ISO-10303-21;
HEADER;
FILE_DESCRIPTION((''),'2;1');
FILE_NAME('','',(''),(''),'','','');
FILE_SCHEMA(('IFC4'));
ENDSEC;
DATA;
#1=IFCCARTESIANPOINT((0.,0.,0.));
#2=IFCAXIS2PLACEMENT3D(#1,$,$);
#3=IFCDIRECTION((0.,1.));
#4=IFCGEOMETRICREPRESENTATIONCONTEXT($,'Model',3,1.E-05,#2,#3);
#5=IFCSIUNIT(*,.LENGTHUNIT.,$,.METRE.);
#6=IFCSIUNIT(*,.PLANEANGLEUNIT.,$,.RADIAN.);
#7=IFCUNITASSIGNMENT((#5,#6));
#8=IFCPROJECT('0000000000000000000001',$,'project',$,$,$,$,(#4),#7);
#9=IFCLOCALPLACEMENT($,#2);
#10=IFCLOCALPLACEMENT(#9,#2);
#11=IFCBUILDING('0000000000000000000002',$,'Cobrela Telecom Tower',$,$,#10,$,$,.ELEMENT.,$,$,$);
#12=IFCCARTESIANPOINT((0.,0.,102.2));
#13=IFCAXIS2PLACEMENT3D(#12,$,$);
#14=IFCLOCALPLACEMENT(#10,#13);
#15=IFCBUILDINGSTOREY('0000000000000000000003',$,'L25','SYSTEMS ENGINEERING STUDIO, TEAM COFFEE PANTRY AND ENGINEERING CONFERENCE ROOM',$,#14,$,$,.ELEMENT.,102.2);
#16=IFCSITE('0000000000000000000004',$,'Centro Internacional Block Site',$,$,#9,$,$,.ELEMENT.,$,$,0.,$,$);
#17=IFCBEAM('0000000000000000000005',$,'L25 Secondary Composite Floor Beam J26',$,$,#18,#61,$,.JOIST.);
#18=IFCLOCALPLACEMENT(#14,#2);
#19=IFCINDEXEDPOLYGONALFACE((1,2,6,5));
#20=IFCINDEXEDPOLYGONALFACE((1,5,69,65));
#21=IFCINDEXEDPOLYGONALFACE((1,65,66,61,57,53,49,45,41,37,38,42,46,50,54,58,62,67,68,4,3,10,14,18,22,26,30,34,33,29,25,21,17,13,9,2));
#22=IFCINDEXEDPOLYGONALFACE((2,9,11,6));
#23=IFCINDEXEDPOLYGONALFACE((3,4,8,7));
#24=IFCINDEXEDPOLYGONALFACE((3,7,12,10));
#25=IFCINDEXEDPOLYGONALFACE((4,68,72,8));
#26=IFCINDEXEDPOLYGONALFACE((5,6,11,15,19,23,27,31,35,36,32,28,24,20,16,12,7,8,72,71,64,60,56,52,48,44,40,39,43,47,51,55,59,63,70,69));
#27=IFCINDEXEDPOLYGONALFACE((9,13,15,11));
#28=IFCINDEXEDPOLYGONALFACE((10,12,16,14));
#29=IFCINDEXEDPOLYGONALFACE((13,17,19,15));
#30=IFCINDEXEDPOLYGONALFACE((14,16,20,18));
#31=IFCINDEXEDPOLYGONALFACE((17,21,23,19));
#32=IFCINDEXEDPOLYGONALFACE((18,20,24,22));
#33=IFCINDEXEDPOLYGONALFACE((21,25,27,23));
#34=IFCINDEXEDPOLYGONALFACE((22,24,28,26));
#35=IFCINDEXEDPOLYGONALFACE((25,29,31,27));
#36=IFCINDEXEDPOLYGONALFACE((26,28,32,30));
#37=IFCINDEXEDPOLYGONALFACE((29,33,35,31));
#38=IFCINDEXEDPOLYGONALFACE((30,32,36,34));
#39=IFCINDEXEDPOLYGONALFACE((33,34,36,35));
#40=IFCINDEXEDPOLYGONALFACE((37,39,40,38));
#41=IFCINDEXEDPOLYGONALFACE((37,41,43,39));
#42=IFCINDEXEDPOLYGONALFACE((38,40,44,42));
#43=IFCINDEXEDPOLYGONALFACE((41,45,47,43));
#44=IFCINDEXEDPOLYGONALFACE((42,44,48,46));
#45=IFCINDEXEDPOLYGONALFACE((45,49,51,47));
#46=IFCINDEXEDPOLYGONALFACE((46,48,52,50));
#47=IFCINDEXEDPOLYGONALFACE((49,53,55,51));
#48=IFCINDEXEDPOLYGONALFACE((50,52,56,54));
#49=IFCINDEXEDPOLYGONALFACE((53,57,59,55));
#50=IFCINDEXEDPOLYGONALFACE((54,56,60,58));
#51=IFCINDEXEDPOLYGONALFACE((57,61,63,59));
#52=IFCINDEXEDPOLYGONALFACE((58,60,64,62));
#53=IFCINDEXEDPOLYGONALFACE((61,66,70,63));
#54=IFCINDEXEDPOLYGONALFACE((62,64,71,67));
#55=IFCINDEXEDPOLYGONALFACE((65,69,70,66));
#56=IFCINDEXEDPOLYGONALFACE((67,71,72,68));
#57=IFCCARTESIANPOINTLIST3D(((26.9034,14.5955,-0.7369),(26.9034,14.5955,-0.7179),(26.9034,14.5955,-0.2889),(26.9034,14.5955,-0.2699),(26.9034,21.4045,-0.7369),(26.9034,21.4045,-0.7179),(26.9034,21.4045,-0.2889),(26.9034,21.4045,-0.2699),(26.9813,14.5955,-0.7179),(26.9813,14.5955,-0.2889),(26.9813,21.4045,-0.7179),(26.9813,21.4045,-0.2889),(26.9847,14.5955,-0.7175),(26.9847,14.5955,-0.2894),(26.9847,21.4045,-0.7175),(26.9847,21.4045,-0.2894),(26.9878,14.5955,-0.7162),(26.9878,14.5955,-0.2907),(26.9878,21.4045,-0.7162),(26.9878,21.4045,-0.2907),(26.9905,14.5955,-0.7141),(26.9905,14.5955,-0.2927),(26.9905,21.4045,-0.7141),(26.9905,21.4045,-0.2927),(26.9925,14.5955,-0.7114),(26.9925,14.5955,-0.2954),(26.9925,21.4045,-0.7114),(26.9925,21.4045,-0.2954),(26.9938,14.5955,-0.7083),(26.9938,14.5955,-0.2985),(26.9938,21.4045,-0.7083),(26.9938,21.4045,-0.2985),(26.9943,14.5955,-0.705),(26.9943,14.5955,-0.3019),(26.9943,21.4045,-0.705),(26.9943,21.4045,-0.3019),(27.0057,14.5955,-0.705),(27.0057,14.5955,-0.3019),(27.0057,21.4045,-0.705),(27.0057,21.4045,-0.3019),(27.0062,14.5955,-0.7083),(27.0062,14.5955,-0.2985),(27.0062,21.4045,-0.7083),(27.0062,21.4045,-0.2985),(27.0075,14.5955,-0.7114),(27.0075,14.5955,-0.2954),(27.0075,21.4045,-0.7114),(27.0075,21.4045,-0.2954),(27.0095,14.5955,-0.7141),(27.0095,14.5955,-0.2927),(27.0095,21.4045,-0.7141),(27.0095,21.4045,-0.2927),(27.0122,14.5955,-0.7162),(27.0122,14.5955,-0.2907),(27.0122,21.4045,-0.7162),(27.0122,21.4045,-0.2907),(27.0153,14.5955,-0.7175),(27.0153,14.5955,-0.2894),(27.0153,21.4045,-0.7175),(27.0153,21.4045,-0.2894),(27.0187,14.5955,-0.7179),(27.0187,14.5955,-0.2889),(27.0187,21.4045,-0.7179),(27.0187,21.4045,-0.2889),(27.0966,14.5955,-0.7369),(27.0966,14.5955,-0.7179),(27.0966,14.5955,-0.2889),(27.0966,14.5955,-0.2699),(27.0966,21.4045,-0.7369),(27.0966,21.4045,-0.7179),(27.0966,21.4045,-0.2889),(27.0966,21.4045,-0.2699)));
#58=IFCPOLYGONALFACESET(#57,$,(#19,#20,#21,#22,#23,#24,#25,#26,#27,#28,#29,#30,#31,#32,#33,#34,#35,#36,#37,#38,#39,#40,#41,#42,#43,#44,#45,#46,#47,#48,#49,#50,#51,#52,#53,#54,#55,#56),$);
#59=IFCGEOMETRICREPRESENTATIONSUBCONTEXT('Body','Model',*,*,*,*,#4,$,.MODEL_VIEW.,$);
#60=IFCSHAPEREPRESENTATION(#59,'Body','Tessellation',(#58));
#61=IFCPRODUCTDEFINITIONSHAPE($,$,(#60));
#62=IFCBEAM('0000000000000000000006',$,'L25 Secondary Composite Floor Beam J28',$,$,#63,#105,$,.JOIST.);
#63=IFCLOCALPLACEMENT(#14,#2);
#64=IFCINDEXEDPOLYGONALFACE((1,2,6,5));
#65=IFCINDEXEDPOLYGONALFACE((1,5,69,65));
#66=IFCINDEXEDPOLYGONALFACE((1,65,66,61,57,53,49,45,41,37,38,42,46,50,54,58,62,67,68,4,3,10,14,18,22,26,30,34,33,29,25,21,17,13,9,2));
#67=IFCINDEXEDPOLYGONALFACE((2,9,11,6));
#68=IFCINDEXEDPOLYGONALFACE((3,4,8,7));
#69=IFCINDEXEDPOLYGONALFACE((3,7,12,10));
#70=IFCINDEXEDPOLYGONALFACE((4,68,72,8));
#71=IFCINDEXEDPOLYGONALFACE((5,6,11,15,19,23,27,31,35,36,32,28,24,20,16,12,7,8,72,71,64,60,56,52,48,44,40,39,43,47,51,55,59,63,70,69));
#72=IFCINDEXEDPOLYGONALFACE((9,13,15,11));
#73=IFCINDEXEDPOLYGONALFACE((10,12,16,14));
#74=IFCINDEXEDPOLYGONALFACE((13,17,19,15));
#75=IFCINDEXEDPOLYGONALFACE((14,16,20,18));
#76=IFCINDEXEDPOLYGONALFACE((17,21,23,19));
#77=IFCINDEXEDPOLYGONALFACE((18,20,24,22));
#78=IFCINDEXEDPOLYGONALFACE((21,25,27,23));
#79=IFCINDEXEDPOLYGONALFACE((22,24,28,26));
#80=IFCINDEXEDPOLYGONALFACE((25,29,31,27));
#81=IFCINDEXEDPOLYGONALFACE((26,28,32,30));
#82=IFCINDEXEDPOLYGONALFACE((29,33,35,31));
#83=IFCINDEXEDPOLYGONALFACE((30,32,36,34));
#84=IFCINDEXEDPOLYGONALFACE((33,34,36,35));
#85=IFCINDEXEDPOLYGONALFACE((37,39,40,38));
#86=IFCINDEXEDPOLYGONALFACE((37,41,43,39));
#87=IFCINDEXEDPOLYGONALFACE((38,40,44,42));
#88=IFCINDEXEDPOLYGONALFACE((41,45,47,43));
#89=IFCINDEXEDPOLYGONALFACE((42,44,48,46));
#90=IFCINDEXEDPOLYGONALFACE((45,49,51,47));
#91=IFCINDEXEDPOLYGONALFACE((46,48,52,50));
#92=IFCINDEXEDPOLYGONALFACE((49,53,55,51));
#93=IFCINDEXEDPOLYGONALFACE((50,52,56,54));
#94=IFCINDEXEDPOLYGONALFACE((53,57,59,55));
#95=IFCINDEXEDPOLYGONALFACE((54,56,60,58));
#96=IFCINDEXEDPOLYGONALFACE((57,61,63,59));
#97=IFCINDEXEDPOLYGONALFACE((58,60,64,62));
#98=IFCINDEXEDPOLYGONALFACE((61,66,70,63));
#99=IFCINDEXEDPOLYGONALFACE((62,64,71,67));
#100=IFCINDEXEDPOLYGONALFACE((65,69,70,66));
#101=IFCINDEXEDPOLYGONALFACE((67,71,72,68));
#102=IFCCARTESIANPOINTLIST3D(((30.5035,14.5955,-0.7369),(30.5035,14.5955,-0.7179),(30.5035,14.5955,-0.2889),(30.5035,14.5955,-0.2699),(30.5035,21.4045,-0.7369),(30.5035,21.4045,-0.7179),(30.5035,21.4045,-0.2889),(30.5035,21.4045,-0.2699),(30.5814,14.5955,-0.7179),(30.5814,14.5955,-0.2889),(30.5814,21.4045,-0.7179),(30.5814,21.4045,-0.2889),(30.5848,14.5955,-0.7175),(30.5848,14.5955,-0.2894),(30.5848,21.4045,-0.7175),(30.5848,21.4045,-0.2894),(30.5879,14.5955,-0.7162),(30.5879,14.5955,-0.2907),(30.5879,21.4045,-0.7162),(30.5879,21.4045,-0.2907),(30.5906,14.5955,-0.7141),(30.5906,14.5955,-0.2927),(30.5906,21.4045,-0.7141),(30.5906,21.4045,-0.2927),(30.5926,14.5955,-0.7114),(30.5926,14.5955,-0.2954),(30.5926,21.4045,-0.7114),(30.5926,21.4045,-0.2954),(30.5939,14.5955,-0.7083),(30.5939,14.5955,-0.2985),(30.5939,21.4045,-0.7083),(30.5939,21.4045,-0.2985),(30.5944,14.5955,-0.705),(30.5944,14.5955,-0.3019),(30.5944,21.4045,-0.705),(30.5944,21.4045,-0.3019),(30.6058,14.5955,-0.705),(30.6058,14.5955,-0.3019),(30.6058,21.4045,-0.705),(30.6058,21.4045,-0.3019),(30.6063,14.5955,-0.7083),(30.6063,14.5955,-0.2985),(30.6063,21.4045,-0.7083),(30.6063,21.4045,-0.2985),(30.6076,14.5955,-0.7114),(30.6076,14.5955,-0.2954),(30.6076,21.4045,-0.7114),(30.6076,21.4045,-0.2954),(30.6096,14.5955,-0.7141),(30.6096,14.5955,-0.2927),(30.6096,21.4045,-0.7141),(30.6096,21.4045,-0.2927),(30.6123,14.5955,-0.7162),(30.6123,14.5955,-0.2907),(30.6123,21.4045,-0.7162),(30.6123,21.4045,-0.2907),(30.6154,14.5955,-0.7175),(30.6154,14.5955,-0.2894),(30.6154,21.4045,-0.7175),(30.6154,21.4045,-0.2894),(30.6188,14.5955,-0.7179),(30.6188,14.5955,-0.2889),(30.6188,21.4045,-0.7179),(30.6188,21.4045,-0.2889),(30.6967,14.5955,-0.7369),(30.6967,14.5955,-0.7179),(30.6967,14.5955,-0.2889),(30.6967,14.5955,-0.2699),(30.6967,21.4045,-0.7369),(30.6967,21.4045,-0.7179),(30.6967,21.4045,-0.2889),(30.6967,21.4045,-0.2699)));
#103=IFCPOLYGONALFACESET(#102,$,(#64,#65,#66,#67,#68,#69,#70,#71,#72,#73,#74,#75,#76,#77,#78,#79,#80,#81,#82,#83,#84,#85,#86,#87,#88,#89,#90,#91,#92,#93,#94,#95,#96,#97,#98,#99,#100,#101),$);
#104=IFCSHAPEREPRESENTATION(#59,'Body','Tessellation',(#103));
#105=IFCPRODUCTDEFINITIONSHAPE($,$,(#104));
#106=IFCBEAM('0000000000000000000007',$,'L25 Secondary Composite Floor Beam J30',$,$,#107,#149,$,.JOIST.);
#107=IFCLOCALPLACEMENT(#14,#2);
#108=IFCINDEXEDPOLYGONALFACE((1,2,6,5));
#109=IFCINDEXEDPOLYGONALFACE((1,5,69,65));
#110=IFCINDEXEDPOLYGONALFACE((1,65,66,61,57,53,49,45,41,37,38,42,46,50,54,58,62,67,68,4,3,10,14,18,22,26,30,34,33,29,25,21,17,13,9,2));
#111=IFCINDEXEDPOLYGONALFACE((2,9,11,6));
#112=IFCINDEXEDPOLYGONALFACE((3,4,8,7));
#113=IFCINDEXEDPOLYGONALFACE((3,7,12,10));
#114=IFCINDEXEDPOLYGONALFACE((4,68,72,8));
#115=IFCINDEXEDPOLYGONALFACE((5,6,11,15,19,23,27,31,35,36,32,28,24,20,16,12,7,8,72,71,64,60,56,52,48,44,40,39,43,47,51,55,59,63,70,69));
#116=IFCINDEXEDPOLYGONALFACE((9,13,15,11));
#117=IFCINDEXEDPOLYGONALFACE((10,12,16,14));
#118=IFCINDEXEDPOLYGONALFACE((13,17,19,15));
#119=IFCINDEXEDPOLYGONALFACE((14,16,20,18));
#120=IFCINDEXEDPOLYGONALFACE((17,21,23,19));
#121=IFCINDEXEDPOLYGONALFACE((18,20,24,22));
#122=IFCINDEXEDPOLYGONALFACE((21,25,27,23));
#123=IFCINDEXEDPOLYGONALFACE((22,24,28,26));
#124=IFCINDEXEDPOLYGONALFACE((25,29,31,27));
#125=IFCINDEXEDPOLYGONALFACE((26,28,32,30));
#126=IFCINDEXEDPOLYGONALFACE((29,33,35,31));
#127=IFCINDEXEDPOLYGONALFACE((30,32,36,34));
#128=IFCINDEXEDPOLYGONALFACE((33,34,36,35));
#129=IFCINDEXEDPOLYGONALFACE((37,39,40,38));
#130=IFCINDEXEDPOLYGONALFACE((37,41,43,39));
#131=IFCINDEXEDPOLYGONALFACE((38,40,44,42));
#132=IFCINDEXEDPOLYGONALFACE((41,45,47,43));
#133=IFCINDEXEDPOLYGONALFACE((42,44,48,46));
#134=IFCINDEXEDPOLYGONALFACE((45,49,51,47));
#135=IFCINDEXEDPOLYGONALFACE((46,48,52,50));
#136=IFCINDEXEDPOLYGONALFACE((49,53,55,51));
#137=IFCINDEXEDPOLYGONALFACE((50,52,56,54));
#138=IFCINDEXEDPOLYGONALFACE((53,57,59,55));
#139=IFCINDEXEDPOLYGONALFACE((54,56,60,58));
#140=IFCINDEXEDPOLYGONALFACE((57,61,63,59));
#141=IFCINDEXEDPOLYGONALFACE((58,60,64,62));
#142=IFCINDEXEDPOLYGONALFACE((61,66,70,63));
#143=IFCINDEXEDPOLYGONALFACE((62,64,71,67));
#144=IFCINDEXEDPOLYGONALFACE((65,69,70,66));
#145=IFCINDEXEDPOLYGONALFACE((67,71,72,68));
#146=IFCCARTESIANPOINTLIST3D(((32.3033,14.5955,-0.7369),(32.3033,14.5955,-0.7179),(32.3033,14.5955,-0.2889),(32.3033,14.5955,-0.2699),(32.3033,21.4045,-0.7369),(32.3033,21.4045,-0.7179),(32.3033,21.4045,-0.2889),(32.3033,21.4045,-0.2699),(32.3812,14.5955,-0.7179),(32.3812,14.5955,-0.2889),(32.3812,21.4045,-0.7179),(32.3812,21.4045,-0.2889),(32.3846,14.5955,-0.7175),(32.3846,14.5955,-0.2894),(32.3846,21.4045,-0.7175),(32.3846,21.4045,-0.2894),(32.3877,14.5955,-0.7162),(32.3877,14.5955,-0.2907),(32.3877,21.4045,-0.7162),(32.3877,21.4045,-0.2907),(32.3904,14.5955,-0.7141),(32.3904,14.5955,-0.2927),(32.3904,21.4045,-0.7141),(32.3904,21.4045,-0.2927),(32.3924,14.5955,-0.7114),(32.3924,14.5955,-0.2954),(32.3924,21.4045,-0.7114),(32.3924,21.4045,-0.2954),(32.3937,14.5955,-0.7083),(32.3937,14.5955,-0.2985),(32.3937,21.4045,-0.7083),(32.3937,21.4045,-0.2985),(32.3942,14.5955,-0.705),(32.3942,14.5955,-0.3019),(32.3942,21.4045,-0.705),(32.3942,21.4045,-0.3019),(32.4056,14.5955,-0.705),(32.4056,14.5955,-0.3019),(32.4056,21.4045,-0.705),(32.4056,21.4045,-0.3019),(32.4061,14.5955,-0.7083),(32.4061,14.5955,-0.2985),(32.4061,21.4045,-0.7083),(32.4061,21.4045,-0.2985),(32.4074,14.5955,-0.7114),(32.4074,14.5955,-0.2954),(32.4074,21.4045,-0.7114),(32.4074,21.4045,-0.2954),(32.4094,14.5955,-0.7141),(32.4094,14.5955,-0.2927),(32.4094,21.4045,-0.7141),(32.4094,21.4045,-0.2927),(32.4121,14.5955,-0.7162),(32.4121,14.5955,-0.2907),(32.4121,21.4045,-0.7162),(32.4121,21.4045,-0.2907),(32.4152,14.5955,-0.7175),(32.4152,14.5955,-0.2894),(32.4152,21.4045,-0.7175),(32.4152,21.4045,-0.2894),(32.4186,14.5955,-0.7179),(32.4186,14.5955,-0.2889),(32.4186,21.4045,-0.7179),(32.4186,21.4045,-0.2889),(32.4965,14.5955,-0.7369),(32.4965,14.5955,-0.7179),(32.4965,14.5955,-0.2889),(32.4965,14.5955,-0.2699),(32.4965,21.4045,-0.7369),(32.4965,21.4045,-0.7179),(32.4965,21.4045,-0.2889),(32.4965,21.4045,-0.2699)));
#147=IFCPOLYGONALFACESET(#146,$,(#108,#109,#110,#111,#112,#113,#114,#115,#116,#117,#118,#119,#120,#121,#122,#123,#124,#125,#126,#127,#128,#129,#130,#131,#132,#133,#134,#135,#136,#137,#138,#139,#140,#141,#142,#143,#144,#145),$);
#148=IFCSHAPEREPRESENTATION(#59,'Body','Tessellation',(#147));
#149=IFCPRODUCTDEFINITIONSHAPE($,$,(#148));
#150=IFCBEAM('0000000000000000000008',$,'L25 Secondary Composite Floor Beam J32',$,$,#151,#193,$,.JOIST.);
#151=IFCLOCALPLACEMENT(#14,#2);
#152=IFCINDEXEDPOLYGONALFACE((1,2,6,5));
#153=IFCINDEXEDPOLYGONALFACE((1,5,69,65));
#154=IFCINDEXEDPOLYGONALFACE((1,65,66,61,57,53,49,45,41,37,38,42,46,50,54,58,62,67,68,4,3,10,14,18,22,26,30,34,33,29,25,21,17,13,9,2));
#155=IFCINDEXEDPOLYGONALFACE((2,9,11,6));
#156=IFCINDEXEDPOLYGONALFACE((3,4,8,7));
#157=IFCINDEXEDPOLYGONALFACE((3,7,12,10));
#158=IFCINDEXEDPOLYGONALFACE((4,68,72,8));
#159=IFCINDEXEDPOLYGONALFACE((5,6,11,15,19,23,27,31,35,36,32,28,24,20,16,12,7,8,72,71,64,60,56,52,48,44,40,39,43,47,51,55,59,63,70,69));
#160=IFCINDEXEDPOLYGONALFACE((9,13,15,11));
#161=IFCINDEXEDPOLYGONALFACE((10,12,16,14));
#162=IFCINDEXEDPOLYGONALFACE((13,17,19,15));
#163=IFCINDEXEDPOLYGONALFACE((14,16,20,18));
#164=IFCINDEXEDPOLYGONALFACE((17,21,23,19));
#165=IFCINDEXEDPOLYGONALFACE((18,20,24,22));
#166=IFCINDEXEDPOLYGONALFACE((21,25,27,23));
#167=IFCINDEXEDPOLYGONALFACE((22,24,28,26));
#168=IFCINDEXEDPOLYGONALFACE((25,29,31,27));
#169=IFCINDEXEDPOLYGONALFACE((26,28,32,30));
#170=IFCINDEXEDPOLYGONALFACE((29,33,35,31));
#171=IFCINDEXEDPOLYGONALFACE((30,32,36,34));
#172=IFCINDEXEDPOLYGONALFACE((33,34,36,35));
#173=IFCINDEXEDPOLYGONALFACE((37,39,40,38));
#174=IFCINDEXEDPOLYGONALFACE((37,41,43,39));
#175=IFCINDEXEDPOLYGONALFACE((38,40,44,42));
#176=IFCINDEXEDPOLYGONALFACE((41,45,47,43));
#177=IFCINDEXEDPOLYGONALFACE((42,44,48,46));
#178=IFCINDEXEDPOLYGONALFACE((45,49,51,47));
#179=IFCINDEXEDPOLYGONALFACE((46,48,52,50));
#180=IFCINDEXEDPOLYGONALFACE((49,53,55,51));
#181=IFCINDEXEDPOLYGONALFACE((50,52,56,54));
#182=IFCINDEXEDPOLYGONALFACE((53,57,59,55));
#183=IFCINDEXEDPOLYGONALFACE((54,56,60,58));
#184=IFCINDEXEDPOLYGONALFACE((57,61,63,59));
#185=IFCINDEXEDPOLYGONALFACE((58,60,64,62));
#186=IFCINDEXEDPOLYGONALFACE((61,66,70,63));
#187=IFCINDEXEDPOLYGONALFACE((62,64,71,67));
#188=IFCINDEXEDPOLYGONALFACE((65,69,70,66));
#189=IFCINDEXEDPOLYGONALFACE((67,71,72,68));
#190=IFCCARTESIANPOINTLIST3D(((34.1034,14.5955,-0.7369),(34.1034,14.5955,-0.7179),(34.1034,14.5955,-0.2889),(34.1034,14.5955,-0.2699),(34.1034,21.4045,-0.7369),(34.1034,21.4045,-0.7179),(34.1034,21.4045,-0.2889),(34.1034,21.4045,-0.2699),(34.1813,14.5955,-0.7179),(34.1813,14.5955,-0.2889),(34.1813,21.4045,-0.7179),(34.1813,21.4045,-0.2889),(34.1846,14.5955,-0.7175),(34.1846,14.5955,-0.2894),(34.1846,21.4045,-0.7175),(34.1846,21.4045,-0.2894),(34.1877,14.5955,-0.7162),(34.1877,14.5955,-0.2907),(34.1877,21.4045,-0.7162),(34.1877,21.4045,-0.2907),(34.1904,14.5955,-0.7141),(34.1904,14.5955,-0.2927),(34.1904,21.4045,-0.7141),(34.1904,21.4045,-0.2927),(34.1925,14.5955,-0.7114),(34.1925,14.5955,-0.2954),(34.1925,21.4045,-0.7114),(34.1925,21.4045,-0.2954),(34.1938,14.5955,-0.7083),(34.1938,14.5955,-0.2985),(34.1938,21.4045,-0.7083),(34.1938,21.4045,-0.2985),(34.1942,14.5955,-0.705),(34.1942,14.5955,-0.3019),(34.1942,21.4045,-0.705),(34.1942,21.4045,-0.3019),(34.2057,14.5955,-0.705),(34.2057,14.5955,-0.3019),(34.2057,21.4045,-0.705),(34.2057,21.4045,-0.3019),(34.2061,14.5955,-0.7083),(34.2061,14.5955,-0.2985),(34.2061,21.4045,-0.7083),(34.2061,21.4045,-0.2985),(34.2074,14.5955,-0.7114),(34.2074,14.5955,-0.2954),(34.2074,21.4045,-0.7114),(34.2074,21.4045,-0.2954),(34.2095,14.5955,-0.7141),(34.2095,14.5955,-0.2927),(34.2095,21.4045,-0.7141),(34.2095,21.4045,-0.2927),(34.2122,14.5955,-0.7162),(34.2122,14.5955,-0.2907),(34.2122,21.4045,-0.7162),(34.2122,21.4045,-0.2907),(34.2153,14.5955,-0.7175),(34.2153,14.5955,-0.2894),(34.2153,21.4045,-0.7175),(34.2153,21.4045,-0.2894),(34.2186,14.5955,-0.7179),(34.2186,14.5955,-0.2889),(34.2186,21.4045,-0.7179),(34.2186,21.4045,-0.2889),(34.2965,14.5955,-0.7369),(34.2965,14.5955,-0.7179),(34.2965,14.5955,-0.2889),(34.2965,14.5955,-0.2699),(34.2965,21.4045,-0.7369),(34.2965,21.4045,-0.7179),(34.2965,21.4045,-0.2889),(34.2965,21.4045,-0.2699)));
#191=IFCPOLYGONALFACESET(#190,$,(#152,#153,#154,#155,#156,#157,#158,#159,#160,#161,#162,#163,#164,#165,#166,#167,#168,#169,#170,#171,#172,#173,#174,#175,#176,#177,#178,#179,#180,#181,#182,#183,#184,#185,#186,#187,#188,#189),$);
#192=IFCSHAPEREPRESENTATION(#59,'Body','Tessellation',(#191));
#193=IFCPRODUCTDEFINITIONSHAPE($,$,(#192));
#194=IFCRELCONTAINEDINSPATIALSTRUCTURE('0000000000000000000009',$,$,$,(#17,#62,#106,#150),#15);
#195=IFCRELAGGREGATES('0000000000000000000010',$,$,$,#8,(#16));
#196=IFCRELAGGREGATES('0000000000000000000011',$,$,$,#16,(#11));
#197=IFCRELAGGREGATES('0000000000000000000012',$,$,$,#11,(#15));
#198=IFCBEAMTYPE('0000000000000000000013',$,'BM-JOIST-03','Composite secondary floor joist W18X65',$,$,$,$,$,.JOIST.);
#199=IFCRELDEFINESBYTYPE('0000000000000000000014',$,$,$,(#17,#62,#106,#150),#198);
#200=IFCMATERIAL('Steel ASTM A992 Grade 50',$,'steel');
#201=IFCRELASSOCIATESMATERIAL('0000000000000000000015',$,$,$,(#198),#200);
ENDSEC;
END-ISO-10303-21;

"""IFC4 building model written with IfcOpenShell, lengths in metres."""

from ifc_helpers import new_model, si_unit, direction, frame, origin, origin_2d, place, context, subcontext, project, spatial, i_section, extrude, material, material_profile, profile_set, type_object, element, save


model = new_model("IFC4")

# Units and contexts
model_context = context("Model", 3, precision=1e-05, world=origin(), true_north=direction((0.0, 1.0)))
body_context = subcontext(model_context, "Body", "Model", "MODEL_VIEW")
ifc_project = project(units=[si_unit("LENGTHUNIT", "METRE"), si_unit("PLANEANGLEUNIT", "RADIAN")], contexts=[model_context])

# Site, building, storey
site_placement = place(None, origin())
site = spatial("IfcSite", under=ifc_project, at=site_placement, Name="Centro Internacional Block Site", CompositionType="ELEMENT", RefElevation=0.0)
building_placement = place(site_placement, origin())
building = spatial("IfcBuilding", under=site, at=building_placement, Name="Cobrela Telecom Tower", CompositionType="ELEMENT")
storey_placement = place(building_placement, frame((0.0, 0.0, 102.2)))
storey = spatial("IfcBuildingStorey", under=building, at=storey_placement, Name="L25", Description="SYSTEMS ENGINEERING STUDIO, TEAM COFFEE PANTRY AND ENGINEERING CONFERENCE ROOM", CompositionType="ELEMENT", Elevation=102.2)

# Shared definitions
ifc_material_1 = material(Name="Steel ASTM A992 Grade 50", Category="steel")

# Beams
ifc_material_profile_1 = material_profile(ifc_material_1, i_section(OverallWidth=0.1931, OverallDepth=0.467, WebThickness=0.0115, FlangeThickness=0.019, FilletRadius=0.0129, at=origin_2d()), Name="W18X65")
ifc_profile_set_1 = profile_set([ifc_material_profile_1], Name="Steel ASTM A992 Grade 50")
beam_type_1 = type_object("IfcBeamType", Name="BM-JOIST-03", Description="Composite secondary floor joist W18X65", PredefinedType="JOIST", material=ifc_profile_set_1)
for number, where, z_axis, x_axis, name in (
    (1, (27.0, 14.5955, -0.5034), (0.0, 1.0, 0.0), (-1.0, 0.0, 0.0), "L25 Secondary Composite Floor Beam J26"),
    (2, (30.6001, 14.5955, -0.5034), (0.0, 1.0, 0.0), (-1.0, 0.0, 0.0), "L25 Secondary Composite Floor Beam J28"),
    (3, (32.3999, 14.5955, -0.5034), (0.0, 1.0, 0.0), (-1.0, 0.0, 0.0), "L25 Secondary Composite Floor Beam J30"),
    (4, (34.2, 14.5955, -0.5034), (0.0, 1.0, 0.0), (-1.0, 0.0, 0.0), "L25 Secondary Composite Floor Beam J32"),
):
    element("IfcBeam", number, at=place(storey_placement, frame(where, z_axis=z_axis, x_axis=x_axis)), inside=storey, type_object=beam_type_1, Name=name, PredefinedType="JOIST", context=body_context, shape_type="SweptSolid", body=[
        extrude(i_section(OverallWidth=0.1931, OverallDepth=0.467, WebThickness=0.0115, FlangeThickness=0.019, FilletRadius=0.0129, at=origin_2d()), origin(), (0.0, 0.0, 1.0), 6.8091),
    ])

save(model, "model.ifc")
